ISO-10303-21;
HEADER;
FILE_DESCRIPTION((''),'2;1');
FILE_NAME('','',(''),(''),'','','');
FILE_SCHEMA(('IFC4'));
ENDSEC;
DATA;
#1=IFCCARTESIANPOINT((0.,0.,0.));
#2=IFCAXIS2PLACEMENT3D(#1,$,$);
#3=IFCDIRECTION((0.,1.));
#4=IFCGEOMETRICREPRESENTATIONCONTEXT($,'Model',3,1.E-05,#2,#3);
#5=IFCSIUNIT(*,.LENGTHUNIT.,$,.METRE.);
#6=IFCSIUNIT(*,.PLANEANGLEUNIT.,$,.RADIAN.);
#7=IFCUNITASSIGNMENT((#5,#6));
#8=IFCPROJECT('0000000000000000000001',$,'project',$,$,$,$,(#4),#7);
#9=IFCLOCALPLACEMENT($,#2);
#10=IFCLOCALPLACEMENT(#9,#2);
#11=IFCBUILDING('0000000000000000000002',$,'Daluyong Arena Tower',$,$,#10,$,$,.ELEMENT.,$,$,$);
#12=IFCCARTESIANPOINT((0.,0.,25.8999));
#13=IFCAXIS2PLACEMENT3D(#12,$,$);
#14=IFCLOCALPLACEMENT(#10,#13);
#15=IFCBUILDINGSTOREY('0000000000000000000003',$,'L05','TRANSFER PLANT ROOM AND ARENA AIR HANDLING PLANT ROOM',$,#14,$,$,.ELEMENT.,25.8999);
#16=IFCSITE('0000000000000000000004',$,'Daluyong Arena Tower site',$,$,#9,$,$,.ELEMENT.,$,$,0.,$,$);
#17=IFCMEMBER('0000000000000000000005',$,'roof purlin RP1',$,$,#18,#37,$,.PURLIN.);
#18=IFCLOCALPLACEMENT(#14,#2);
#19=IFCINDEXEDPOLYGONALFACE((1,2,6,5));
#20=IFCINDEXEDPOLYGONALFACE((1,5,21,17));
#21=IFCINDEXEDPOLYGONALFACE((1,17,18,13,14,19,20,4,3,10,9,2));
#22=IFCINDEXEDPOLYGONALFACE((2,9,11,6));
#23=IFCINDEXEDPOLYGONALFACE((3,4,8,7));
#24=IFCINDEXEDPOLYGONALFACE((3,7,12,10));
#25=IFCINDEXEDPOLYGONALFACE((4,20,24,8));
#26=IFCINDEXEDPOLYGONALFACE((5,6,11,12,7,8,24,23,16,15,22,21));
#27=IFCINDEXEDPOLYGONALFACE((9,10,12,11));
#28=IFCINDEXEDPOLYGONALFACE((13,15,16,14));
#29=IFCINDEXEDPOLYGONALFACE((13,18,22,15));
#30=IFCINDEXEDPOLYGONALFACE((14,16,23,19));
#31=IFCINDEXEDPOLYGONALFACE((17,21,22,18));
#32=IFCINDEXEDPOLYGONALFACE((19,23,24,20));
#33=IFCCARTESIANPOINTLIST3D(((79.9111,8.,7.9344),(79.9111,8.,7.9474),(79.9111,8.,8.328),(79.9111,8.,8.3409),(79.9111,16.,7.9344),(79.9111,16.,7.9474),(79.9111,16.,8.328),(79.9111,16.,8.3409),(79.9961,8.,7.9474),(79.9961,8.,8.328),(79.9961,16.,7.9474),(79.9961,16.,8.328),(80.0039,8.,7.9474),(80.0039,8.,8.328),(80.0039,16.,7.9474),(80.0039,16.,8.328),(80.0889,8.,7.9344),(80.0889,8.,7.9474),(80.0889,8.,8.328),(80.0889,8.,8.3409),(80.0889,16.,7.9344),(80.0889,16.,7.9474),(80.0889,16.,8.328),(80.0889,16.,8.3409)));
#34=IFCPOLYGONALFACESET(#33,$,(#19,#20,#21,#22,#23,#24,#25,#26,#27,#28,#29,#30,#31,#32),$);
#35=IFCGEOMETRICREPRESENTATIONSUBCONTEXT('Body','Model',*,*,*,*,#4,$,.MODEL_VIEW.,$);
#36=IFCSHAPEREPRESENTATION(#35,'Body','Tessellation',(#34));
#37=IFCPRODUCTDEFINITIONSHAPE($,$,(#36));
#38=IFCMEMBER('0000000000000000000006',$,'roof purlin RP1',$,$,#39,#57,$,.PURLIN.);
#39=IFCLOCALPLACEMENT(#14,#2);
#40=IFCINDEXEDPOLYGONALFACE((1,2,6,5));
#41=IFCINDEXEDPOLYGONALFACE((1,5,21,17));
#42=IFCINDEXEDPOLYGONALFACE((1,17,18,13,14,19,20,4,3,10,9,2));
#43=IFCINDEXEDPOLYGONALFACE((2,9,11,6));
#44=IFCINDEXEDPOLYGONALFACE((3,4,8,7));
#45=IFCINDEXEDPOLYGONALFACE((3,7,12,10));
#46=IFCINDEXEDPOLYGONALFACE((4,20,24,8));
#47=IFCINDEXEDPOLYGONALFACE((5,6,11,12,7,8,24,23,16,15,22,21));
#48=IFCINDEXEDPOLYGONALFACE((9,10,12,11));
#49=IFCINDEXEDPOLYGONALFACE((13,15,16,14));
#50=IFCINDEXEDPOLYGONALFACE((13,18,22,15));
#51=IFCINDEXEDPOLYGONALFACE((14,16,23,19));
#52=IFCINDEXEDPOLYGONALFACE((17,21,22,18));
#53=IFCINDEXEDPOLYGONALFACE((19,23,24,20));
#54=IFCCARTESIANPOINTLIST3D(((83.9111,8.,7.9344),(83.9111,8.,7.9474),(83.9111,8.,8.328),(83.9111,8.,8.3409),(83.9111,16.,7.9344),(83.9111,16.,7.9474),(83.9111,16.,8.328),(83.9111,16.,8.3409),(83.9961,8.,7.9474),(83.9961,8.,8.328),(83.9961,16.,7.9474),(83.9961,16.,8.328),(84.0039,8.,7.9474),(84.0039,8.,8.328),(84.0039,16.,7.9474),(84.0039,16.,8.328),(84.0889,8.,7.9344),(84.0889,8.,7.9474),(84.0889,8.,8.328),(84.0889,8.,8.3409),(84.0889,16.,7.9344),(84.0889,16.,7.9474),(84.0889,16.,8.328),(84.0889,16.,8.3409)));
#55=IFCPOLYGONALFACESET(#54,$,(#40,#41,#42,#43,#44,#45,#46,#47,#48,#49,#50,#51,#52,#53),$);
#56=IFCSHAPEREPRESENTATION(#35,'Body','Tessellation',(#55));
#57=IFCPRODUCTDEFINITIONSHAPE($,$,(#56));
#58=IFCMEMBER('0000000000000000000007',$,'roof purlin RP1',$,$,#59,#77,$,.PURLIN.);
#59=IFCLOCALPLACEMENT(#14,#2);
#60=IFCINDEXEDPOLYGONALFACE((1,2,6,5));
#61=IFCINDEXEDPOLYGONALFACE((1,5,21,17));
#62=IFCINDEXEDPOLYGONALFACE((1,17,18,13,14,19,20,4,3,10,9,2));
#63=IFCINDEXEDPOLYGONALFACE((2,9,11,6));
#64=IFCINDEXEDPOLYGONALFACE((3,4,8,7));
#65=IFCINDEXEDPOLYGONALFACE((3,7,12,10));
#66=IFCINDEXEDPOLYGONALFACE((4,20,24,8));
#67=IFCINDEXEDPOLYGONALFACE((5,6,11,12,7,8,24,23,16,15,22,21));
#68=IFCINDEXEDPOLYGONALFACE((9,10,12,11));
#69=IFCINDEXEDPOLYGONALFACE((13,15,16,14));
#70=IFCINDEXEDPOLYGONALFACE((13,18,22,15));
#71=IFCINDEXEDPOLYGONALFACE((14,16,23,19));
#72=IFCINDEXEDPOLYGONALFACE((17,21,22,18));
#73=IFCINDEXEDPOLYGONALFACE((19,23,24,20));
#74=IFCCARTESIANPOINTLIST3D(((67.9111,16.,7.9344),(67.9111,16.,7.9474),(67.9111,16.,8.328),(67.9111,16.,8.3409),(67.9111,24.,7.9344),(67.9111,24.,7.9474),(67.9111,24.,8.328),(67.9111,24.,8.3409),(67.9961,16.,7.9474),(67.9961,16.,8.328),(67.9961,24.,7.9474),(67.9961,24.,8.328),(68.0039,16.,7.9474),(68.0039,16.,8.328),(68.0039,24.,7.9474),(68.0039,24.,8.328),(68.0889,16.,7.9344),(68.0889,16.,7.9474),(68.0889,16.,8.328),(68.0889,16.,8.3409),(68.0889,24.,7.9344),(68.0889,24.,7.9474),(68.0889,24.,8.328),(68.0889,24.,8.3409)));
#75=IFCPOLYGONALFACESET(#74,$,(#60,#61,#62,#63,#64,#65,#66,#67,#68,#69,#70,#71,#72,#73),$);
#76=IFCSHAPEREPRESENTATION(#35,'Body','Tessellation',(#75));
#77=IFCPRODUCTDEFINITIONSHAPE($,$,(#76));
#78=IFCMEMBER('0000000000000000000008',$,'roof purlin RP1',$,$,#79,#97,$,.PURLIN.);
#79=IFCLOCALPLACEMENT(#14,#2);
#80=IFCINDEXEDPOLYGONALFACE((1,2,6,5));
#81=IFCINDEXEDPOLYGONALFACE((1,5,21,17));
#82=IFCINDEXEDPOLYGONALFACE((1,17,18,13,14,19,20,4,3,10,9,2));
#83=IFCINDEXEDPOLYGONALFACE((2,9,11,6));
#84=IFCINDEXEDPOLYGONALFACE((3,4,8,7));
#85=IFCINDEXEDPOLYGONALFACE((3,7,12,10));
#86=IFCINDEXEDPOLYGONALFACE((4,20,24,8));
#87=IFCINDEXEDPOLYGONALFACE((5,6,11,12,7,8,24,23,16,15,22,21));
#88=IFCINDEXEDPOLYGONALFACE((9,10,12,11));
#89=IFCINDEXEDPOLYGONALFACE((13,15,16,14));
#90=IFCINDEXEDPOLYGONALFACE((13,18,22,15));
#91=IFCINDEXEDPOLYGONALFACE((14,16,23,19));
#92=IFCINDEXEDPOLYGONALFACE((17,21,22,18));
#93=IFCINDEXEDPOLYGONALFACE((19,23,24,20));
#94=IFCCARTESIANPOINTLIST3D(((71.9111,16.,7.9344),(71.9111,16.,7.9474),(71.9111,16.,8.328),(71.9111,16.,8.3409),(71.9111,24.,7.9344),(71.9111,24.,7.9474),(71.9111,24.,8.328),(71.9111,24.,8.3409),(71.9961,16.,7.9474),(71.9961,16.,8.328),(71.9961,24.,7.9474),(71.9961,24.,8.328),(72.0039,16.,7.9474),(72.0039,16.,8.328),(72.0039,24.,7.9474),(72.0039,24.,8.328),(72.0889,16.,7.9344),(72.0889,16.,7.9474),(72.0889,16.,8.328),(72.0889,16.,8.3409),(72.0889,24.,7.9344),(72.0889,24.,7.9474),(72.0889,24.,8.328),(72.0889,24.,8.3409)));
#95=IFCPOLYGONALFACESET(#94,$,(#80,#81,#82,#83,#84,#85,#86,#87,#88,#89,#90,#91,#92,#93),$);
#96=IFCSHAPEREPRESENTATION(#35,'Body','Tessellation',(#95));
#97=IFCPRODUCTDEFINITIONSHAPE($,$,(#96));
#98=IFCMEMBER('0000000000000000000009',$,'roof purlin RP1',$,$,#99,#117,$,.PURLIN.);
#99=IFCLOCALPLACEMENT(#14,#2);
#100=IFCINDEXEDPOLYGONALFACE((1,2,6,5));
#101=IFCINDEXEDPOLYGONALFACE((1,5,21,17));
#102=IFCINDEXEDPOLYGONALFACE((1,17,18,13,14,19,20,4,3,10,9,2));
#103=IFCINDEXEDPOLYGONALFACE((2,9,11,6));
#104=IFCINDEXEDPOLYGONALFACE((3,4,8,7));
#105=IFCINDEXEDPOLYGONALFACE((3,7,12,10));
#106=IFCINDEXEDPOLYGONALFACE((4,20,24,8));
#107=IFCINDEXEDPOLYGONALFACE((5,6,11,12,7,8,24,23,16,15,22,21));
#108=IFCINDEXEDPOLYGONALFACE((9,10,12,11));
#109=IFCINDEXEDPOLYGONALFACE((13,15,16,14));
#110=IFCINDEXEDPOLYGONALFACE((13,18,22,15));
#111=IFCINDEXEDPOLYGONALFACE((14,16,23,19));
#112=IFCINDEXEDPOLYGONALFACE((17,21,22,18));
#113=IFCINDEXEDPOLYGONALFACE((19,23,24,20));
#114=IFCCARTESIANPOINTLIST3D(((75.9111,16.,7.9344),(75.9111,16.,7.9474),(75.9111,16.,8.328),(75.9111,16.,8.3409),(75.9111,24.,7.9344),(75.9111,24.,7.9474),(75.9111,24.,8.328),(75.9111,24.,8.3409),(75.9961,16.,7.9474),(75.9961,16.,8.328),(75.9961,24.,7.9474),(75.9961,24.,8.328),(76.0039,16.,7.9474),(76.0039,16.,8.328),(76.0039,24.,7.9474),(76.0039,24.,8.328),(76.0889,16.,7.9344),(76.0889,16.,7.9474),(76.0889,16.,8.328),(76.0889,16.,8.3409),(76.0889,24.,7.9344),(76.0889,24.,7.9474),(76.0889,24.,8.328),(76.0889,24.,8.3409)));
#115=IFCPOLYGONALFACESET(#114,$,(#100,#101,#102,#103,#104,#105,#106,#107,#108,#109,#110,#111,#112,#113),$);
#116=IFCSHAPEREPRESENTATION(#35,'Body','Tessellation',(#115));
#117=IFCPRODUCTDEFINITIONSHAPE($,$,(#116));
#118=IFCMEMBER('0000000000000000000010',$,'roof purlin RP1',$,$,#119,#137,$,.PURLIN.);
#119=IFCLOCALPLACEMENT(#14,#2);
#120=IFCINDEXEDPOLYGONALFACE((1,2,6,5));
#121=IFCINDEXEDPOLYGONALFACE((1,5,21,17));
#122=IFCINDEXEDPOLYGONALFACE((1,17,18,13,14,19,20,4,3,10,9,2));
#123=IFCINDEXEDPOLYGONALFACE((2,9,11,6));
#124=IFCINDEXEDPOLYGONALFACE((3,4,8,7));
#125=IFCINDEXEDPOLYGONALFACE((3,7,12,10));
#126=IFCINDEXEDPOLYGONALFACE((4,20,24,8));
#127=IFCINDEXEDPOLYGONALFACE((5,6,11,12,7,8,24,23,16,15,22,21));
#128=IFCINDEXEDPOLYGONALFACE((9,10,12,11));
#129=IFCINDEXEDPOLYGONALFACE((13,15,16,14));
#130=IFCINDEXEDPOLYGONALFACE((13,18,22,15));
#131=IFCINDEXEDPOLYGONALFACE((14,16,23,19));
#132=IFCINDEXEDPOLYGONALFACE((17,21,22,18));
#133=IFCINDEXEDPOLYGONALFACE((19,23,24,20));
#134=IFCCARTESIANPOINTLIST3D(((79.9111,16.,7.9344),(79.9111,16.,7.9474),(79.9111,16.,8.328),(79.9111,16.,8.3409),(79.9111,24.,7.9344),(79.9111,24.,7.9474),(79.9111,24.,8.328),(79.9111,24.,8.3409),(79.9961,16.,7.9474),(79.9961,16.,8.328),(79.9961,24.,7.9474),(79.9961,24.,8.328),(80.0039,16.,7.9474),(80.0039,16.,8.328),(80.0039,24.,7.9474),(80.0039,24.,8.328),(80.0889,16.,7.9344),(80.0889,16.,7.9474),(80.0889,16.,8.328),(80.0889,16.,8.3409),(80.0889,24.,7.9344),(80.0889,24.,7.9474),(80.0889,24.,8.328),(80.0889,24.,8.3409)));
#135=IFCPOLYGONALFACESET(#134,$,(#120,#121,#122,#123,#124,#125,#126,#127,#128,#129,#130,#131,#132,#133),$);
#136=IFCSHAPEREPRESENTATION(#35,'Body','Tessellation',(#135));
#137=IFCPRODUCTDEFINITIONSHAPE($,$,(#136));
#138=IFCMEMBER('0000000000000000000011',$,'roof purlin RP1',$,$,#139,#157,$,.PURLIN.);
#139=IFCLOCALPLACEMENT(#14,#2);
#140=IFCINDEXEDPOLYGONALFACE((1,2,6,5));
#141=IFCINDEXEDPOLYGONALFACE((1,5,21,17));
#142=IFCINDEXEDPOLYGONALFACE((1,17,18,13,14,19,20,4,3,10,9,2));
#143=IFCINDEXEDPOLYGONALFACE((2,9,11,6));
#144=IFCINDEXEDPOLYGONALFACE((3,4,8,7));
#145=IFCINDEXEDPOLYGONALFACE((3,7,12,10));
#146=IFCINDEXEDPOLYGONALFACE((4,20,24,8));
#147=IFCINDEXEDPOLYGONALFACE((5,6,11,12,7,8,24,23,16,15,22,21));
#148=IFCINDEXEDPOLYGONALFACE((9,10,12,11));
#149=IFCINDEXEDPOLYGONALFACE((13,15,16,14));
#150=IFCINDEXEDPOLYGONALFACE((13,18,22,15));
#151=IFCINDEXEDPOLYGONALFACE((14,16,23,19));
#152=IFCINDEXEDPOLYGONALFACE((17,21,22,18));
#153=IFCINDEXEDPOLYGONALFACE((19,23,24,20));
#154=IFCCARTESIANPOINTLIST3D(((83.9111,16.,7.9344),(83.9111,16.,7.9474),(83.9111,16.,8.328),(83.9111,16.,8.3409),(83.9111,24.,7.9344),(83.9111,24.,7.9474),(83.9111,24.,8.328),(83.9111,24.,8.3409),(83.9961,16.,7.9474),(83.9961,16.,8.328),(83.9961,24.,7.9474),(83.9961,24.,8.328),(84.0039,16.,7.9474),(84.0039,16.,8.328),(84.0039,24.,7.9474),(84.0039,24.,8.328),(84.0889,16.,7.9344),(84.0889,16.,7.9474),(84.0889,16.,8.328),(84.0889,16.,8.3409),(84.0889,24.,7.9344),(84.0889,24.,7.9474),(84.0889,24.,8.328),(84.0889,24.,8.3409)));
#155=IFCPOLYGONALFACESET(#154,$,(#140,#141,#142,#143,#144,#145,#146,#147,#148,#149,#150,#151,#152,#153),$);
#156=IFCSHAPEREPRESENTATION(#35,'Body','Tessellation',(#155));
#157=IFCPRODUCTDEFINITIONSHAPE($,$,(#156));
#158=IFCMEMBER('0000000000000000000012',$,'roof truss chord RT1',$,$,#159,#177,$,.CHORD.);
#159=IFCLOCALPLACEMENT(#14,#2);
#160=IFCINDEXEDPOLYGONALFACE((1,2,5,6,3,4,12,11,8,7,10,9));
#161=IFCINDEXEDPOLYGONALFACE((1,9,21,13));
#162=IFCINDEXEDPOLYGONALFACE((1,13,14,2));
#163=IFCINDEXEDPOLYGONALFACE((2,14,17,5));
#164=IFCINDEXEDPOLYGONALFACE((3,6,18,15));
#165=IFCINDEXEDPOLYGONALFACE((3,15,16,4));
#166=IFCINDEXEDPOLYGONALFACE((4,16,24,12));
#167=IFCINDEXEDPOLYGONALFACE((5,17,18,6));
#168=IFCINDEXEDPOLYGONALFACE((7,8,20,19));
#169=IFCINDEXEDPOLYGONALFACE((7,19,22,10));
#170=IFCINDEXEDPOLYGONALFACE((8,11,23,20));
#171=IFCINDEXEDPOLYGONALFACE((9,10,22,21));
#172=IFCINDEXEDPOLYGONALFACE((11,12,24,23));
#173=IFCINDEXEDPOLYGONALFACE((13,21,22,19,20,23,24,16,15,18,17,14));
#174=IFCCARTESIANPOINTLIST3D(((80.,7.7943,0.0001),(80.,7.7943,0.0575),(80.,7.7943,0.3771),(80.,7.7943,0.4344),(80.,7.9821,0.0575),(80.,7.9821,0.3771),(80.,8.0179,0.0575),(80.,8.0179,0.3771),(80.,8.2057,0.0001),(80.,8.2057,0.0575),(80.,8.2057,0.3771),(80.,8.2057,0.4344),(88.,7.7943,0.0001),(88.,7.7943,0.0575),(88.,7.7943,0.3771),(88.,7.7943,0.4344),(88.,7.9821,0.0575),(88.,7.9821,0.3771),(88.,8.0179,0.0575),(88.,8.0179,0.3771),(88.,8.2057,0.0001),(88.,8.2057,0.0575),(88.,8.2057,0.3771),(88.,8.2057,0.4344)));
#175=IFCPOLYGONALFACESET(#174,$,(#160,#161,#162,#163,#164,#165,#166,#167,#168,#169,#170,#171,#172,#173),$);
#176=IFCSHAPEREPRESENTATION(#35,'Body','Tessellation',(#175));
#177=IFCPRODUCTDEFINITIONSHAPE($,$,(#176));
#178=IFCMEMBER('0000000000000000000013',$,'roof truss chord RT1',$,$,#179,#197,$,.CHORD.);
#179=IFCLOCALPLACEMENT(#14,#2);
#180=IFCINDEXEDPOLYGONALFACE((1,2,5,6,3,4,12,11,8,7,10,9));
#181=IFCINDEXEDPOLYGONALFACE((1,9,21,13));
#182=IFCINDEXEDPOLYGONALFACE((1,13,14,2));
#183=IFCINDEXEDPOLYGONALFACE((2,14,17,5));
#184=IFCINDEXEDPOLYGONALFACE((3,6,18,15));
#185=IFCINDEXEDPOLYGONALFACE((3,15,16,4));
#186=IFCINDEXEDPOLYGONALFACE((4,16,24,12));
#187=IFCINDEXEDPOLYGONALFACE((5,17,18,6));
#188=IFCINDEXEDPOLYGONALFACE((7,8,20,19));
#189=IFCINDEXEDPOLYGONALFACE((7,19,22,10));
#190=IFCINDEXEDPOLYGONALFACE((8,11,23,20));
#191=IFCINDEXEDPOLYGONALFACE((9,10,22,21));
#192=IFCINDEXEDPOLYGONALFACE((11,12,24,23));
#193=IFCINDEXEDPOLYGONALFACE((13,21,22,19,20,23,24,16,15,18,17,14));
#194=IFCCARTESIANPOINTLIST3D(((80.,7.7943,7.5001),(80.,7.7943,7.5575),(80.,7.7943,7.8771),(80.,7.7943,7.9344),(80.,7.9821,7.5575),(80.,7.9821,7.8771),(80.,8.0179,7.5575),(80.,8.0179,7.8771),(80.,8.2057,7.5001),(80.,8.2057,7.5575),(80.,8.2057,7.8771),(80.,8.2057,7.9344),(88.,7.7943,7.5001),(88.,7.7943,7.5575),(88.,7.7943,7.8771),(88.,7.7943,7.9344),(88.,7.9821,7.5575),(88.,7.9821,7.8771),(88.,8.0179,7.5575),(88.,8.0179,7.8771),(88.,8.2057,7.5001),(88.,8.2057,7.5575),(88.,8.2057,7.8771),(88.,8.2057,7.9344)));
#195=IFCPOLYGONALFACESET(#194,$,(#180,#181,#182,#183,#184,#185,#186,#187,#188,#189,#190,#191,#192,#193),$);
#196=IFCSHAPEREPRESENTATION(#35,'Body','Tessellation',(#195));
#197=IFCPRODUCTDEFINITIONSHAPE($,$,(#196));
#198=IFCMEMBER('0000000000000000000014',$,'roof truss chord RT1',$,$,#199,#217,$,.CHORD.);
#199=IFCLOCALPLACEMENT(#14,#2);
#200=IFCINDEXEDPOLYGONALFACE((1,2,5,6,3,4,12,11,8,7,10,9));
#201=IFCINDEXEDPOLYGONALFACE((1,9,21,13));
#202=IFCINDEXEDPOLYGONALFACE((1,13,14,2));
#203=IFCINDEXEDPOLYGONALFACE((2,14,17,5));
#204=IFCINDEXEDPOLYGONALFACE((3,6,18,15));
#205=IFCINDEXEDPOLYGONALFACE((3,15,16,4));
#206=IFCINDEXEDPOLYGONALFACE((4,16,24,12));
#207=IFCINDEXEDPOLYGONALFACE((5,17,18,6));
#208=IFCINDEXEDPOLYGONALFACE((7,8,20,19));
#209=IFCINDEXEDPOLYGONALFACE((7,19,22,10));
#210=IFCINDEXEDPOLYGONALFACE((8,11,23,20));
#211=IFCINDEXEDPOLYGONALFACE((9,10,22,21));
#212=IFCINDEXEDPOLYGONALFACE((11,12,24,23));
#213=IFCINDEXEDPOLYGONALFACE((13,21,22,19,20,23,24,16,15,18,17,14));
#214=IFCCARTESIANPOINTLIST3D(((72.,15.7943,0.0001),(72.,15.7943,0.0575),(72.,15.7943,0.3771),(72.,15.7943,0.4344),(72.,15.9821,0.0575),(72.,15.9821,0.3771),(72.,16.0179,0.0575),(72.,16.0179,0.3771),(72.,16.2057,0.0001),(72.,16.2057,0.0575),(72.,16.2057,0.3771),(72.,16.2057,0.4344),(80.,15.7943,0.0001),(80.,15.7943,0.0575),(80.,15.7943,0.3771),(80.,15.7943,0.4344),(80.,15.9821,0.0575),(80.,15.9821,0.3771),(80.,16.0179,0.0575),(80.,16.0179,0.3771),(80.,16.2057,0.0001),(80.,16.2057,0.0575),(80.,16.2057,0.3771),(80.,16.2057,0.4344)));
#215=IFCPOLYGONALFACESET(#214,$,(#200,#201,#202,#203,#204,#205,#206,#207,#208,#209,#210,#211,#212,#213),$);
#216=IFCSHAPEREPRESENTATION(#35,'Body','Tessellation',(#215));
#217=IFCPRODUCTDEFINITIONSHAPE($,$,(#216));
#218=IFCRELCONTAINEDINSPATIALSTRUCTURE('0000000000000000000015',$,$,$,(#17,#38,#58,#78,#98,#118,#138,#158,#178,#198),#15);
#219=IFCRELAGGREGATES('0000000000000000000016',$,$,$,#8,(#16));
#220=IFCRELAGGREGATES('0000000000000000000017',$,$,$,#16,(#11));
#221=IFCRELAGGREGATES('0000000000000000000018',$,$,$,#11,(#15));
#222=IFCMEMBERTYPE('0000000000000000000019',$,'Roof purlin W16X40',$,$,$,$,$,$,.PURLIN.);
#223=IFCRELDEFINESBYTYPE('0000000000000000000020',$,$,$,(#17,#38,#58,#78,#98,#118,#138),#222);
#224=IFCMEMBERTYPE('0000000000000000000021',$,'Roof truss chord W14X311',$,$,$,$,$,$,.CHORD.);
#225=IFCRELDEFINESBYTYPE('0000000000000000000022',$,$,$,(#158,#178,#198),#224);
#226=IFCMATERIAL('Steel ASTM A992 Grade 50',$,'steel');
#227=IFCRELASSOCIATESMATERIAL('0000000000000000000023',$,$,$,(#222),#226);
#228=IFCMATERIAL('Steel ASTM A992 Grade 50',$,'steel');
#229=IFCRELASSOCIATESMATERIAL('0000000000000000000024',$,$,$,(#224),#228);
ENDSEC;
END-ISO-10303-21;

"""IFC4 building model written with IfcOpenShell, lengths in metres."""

from ifc_helpers import new_model, si_unit, direction, frame, origin, origin_2d, place, context, subcontext, project, spatial, i_section, extrude, material, material_profile, profile_set, type_object, element, save


model = new_model("IFC4")

# Units and contexts
model_context = context("Model", 3, precision=1e-05, world=origin(), true_north=direction((0.0, 1.0)))
body_context = subcontext(model_context, "Body", "Model", "MODEL_VIEW")
ifc_project = project(units=[si_unit("LENGTHUNIT", "METRE"), si_unit("PLANEANGLEUNIT", "RADIAN")], contexts=[model_context])

# Site, building, storey
site_placement = place(None, origin())
site = spatial("IfcSite", under=ifc_project, at=site_placement, Name="Daluyong Arena Tower site", CompositionType="ELEMENT", RefElevation=0.0)
building_placement = place(site_placement, origin())
building = spatial("IfcBuilding", under=site, at=building_placement, Name="Daluyong Arena Tower", CompositionType="ELEMENT")
storey_placement = place(building_placement, frame((0.0, 0.0, 25.8999)))
storey = spatial("IfcBuildingStorey", under=building, at=storey_placement, Name="L05", Description="TRANSFER PLANT ROOM AND ARENA AIR HANDLING PLANT ROOM", CompositionType="ELEMENT", Elevation=25.8999)

# Members
ifc_material_1 = material(Name="Steel ASTM A992 Grade 50", Category="steel")
ifc_material_profile_1 = material_profile(ifc_material_1, i_section(OverallWidth=0.1777, OverallDepth=0.4065, WebThickness=0.0078, FlangeThickness=0.0129, at=origin_2d()))
ifc_profile_set_1 = profile_set([ifc_material_profile_1], Name="Steel ASTM A992 Grade 50")
member_type_1 = type_object("IfcMemberType", Name="Roof purlin W16X40", PredefinedType="PURLIN", material=ifc_profile_set_1)
for number, where, z_axis, x_axis, name in (
    (1, (80.0, 8.0, 8.1377), (0.0, 1.0, 0.0), (-1.0, 0.0, 0.0), "roof purlin RP1"),
    (2, (84.0, 8.0, 8.1377), (0.0, 1.0, 0.0), (-1.0, 0.0, 0.0), "roof purlin RP1"),
    (3, (68.0, 16.0, 8.1377), (0.0, 1.0, 0.0), (-1.0, 0.0, 0.0), "roof purlin RP1"),
    (4, (72.0, 16.0, 8.1377), (0.0, 1.0, 0.0), (-1.0, 0.0, 0.0), "roof purlin RP1"),
    (5, (76.0, 16.0, 8.1377), (0.0, 1.0, 0.0), (-1.0, 0.0, 0.0), "roof purlin RP1"),
    (6, (80.0, 16.0, 8.1377), (0.0, 1.0, 0.0), (-1.0, 0.0, 0.0), "roof purlin RP1"),
    (7, (84.0, 16.0, 8.1377), (0.0, 1.0, 0.0), (-1.0, 0.0, 0.0), "roof purlin RP1"),
):
    element("IfcMember", number, at=place(storey_placement, frame(where, z_axis=z_axis, x_axis=x_axis)), inside=storey, type_object=member_type_1, Name=name, PredefinedType="PURLIN", context=body_context, shape_type="SweptSolid", body=[
        extrude(i_section(OverallWidth=0.1777, OverallDepth=0.4065, WebThickness=0.0078, FlangeThickness=0.0129, at=origin_2d()), origin(), (0.0, 0.0, 1.0), 8.0),
    ])
ifc_material_2 = material(Name="Steel ASTM A992 Grade 50", Category="steel")
ifc_material_profile_2 = material_profile(ifc_material_2, i_section(OverallWidth=0.4114, OverallDepth=0.4343, WebThickness=0.0359, FlangeThickness=0.0574, at=origin_2d()))
ifc_profile_set_2 = profile_set([ifc_material_profile_2], Name="Steel ASTM A992 Grade 50")
member_type_2 = type_object("IfcMemberType", Name="Roof truss chord W14X311", PredefinedType="CHORD", material=ifc_profile_set_2)
for number, where, z_axis, x_axis, name in (
    (8, (80.0, 8.0, 0.2173), (1.0, 0.0, 0.0), (0.0, 1.0, 0.0), "roof truss chord RT1"),
    (9, (80.0, 8.0, 7.7173), (1.0, 0.0, 0.0), (0.0, 1.0, 0.0), "roof truss chord RT1"),
    (10, (72.0, 16.0, 0.2173), (1.0, 0.0, 0.0), (0.0, 1.0, 0.0), "roof truss chord RT1"),
):
    element("IfcMember", number, at=place(storey_placement, frame(where, z_axis=z_axis, x_axis=x_axis)), inside=storey, type_object=member_type_2, Name=name, PredefinedType="CHORD", context=body_context, shape_type="SweptSolid", body=[
        extrude(i_section(OverallWidth=0.4114, OverallDepth=0.4343, WebThickness=0.0359, FlangeThickness=0.0574, at=origin_2d()), origin(), (0.0, 0.0, 1.0), 8.0),
    ])

save(model, "model.ifc")
